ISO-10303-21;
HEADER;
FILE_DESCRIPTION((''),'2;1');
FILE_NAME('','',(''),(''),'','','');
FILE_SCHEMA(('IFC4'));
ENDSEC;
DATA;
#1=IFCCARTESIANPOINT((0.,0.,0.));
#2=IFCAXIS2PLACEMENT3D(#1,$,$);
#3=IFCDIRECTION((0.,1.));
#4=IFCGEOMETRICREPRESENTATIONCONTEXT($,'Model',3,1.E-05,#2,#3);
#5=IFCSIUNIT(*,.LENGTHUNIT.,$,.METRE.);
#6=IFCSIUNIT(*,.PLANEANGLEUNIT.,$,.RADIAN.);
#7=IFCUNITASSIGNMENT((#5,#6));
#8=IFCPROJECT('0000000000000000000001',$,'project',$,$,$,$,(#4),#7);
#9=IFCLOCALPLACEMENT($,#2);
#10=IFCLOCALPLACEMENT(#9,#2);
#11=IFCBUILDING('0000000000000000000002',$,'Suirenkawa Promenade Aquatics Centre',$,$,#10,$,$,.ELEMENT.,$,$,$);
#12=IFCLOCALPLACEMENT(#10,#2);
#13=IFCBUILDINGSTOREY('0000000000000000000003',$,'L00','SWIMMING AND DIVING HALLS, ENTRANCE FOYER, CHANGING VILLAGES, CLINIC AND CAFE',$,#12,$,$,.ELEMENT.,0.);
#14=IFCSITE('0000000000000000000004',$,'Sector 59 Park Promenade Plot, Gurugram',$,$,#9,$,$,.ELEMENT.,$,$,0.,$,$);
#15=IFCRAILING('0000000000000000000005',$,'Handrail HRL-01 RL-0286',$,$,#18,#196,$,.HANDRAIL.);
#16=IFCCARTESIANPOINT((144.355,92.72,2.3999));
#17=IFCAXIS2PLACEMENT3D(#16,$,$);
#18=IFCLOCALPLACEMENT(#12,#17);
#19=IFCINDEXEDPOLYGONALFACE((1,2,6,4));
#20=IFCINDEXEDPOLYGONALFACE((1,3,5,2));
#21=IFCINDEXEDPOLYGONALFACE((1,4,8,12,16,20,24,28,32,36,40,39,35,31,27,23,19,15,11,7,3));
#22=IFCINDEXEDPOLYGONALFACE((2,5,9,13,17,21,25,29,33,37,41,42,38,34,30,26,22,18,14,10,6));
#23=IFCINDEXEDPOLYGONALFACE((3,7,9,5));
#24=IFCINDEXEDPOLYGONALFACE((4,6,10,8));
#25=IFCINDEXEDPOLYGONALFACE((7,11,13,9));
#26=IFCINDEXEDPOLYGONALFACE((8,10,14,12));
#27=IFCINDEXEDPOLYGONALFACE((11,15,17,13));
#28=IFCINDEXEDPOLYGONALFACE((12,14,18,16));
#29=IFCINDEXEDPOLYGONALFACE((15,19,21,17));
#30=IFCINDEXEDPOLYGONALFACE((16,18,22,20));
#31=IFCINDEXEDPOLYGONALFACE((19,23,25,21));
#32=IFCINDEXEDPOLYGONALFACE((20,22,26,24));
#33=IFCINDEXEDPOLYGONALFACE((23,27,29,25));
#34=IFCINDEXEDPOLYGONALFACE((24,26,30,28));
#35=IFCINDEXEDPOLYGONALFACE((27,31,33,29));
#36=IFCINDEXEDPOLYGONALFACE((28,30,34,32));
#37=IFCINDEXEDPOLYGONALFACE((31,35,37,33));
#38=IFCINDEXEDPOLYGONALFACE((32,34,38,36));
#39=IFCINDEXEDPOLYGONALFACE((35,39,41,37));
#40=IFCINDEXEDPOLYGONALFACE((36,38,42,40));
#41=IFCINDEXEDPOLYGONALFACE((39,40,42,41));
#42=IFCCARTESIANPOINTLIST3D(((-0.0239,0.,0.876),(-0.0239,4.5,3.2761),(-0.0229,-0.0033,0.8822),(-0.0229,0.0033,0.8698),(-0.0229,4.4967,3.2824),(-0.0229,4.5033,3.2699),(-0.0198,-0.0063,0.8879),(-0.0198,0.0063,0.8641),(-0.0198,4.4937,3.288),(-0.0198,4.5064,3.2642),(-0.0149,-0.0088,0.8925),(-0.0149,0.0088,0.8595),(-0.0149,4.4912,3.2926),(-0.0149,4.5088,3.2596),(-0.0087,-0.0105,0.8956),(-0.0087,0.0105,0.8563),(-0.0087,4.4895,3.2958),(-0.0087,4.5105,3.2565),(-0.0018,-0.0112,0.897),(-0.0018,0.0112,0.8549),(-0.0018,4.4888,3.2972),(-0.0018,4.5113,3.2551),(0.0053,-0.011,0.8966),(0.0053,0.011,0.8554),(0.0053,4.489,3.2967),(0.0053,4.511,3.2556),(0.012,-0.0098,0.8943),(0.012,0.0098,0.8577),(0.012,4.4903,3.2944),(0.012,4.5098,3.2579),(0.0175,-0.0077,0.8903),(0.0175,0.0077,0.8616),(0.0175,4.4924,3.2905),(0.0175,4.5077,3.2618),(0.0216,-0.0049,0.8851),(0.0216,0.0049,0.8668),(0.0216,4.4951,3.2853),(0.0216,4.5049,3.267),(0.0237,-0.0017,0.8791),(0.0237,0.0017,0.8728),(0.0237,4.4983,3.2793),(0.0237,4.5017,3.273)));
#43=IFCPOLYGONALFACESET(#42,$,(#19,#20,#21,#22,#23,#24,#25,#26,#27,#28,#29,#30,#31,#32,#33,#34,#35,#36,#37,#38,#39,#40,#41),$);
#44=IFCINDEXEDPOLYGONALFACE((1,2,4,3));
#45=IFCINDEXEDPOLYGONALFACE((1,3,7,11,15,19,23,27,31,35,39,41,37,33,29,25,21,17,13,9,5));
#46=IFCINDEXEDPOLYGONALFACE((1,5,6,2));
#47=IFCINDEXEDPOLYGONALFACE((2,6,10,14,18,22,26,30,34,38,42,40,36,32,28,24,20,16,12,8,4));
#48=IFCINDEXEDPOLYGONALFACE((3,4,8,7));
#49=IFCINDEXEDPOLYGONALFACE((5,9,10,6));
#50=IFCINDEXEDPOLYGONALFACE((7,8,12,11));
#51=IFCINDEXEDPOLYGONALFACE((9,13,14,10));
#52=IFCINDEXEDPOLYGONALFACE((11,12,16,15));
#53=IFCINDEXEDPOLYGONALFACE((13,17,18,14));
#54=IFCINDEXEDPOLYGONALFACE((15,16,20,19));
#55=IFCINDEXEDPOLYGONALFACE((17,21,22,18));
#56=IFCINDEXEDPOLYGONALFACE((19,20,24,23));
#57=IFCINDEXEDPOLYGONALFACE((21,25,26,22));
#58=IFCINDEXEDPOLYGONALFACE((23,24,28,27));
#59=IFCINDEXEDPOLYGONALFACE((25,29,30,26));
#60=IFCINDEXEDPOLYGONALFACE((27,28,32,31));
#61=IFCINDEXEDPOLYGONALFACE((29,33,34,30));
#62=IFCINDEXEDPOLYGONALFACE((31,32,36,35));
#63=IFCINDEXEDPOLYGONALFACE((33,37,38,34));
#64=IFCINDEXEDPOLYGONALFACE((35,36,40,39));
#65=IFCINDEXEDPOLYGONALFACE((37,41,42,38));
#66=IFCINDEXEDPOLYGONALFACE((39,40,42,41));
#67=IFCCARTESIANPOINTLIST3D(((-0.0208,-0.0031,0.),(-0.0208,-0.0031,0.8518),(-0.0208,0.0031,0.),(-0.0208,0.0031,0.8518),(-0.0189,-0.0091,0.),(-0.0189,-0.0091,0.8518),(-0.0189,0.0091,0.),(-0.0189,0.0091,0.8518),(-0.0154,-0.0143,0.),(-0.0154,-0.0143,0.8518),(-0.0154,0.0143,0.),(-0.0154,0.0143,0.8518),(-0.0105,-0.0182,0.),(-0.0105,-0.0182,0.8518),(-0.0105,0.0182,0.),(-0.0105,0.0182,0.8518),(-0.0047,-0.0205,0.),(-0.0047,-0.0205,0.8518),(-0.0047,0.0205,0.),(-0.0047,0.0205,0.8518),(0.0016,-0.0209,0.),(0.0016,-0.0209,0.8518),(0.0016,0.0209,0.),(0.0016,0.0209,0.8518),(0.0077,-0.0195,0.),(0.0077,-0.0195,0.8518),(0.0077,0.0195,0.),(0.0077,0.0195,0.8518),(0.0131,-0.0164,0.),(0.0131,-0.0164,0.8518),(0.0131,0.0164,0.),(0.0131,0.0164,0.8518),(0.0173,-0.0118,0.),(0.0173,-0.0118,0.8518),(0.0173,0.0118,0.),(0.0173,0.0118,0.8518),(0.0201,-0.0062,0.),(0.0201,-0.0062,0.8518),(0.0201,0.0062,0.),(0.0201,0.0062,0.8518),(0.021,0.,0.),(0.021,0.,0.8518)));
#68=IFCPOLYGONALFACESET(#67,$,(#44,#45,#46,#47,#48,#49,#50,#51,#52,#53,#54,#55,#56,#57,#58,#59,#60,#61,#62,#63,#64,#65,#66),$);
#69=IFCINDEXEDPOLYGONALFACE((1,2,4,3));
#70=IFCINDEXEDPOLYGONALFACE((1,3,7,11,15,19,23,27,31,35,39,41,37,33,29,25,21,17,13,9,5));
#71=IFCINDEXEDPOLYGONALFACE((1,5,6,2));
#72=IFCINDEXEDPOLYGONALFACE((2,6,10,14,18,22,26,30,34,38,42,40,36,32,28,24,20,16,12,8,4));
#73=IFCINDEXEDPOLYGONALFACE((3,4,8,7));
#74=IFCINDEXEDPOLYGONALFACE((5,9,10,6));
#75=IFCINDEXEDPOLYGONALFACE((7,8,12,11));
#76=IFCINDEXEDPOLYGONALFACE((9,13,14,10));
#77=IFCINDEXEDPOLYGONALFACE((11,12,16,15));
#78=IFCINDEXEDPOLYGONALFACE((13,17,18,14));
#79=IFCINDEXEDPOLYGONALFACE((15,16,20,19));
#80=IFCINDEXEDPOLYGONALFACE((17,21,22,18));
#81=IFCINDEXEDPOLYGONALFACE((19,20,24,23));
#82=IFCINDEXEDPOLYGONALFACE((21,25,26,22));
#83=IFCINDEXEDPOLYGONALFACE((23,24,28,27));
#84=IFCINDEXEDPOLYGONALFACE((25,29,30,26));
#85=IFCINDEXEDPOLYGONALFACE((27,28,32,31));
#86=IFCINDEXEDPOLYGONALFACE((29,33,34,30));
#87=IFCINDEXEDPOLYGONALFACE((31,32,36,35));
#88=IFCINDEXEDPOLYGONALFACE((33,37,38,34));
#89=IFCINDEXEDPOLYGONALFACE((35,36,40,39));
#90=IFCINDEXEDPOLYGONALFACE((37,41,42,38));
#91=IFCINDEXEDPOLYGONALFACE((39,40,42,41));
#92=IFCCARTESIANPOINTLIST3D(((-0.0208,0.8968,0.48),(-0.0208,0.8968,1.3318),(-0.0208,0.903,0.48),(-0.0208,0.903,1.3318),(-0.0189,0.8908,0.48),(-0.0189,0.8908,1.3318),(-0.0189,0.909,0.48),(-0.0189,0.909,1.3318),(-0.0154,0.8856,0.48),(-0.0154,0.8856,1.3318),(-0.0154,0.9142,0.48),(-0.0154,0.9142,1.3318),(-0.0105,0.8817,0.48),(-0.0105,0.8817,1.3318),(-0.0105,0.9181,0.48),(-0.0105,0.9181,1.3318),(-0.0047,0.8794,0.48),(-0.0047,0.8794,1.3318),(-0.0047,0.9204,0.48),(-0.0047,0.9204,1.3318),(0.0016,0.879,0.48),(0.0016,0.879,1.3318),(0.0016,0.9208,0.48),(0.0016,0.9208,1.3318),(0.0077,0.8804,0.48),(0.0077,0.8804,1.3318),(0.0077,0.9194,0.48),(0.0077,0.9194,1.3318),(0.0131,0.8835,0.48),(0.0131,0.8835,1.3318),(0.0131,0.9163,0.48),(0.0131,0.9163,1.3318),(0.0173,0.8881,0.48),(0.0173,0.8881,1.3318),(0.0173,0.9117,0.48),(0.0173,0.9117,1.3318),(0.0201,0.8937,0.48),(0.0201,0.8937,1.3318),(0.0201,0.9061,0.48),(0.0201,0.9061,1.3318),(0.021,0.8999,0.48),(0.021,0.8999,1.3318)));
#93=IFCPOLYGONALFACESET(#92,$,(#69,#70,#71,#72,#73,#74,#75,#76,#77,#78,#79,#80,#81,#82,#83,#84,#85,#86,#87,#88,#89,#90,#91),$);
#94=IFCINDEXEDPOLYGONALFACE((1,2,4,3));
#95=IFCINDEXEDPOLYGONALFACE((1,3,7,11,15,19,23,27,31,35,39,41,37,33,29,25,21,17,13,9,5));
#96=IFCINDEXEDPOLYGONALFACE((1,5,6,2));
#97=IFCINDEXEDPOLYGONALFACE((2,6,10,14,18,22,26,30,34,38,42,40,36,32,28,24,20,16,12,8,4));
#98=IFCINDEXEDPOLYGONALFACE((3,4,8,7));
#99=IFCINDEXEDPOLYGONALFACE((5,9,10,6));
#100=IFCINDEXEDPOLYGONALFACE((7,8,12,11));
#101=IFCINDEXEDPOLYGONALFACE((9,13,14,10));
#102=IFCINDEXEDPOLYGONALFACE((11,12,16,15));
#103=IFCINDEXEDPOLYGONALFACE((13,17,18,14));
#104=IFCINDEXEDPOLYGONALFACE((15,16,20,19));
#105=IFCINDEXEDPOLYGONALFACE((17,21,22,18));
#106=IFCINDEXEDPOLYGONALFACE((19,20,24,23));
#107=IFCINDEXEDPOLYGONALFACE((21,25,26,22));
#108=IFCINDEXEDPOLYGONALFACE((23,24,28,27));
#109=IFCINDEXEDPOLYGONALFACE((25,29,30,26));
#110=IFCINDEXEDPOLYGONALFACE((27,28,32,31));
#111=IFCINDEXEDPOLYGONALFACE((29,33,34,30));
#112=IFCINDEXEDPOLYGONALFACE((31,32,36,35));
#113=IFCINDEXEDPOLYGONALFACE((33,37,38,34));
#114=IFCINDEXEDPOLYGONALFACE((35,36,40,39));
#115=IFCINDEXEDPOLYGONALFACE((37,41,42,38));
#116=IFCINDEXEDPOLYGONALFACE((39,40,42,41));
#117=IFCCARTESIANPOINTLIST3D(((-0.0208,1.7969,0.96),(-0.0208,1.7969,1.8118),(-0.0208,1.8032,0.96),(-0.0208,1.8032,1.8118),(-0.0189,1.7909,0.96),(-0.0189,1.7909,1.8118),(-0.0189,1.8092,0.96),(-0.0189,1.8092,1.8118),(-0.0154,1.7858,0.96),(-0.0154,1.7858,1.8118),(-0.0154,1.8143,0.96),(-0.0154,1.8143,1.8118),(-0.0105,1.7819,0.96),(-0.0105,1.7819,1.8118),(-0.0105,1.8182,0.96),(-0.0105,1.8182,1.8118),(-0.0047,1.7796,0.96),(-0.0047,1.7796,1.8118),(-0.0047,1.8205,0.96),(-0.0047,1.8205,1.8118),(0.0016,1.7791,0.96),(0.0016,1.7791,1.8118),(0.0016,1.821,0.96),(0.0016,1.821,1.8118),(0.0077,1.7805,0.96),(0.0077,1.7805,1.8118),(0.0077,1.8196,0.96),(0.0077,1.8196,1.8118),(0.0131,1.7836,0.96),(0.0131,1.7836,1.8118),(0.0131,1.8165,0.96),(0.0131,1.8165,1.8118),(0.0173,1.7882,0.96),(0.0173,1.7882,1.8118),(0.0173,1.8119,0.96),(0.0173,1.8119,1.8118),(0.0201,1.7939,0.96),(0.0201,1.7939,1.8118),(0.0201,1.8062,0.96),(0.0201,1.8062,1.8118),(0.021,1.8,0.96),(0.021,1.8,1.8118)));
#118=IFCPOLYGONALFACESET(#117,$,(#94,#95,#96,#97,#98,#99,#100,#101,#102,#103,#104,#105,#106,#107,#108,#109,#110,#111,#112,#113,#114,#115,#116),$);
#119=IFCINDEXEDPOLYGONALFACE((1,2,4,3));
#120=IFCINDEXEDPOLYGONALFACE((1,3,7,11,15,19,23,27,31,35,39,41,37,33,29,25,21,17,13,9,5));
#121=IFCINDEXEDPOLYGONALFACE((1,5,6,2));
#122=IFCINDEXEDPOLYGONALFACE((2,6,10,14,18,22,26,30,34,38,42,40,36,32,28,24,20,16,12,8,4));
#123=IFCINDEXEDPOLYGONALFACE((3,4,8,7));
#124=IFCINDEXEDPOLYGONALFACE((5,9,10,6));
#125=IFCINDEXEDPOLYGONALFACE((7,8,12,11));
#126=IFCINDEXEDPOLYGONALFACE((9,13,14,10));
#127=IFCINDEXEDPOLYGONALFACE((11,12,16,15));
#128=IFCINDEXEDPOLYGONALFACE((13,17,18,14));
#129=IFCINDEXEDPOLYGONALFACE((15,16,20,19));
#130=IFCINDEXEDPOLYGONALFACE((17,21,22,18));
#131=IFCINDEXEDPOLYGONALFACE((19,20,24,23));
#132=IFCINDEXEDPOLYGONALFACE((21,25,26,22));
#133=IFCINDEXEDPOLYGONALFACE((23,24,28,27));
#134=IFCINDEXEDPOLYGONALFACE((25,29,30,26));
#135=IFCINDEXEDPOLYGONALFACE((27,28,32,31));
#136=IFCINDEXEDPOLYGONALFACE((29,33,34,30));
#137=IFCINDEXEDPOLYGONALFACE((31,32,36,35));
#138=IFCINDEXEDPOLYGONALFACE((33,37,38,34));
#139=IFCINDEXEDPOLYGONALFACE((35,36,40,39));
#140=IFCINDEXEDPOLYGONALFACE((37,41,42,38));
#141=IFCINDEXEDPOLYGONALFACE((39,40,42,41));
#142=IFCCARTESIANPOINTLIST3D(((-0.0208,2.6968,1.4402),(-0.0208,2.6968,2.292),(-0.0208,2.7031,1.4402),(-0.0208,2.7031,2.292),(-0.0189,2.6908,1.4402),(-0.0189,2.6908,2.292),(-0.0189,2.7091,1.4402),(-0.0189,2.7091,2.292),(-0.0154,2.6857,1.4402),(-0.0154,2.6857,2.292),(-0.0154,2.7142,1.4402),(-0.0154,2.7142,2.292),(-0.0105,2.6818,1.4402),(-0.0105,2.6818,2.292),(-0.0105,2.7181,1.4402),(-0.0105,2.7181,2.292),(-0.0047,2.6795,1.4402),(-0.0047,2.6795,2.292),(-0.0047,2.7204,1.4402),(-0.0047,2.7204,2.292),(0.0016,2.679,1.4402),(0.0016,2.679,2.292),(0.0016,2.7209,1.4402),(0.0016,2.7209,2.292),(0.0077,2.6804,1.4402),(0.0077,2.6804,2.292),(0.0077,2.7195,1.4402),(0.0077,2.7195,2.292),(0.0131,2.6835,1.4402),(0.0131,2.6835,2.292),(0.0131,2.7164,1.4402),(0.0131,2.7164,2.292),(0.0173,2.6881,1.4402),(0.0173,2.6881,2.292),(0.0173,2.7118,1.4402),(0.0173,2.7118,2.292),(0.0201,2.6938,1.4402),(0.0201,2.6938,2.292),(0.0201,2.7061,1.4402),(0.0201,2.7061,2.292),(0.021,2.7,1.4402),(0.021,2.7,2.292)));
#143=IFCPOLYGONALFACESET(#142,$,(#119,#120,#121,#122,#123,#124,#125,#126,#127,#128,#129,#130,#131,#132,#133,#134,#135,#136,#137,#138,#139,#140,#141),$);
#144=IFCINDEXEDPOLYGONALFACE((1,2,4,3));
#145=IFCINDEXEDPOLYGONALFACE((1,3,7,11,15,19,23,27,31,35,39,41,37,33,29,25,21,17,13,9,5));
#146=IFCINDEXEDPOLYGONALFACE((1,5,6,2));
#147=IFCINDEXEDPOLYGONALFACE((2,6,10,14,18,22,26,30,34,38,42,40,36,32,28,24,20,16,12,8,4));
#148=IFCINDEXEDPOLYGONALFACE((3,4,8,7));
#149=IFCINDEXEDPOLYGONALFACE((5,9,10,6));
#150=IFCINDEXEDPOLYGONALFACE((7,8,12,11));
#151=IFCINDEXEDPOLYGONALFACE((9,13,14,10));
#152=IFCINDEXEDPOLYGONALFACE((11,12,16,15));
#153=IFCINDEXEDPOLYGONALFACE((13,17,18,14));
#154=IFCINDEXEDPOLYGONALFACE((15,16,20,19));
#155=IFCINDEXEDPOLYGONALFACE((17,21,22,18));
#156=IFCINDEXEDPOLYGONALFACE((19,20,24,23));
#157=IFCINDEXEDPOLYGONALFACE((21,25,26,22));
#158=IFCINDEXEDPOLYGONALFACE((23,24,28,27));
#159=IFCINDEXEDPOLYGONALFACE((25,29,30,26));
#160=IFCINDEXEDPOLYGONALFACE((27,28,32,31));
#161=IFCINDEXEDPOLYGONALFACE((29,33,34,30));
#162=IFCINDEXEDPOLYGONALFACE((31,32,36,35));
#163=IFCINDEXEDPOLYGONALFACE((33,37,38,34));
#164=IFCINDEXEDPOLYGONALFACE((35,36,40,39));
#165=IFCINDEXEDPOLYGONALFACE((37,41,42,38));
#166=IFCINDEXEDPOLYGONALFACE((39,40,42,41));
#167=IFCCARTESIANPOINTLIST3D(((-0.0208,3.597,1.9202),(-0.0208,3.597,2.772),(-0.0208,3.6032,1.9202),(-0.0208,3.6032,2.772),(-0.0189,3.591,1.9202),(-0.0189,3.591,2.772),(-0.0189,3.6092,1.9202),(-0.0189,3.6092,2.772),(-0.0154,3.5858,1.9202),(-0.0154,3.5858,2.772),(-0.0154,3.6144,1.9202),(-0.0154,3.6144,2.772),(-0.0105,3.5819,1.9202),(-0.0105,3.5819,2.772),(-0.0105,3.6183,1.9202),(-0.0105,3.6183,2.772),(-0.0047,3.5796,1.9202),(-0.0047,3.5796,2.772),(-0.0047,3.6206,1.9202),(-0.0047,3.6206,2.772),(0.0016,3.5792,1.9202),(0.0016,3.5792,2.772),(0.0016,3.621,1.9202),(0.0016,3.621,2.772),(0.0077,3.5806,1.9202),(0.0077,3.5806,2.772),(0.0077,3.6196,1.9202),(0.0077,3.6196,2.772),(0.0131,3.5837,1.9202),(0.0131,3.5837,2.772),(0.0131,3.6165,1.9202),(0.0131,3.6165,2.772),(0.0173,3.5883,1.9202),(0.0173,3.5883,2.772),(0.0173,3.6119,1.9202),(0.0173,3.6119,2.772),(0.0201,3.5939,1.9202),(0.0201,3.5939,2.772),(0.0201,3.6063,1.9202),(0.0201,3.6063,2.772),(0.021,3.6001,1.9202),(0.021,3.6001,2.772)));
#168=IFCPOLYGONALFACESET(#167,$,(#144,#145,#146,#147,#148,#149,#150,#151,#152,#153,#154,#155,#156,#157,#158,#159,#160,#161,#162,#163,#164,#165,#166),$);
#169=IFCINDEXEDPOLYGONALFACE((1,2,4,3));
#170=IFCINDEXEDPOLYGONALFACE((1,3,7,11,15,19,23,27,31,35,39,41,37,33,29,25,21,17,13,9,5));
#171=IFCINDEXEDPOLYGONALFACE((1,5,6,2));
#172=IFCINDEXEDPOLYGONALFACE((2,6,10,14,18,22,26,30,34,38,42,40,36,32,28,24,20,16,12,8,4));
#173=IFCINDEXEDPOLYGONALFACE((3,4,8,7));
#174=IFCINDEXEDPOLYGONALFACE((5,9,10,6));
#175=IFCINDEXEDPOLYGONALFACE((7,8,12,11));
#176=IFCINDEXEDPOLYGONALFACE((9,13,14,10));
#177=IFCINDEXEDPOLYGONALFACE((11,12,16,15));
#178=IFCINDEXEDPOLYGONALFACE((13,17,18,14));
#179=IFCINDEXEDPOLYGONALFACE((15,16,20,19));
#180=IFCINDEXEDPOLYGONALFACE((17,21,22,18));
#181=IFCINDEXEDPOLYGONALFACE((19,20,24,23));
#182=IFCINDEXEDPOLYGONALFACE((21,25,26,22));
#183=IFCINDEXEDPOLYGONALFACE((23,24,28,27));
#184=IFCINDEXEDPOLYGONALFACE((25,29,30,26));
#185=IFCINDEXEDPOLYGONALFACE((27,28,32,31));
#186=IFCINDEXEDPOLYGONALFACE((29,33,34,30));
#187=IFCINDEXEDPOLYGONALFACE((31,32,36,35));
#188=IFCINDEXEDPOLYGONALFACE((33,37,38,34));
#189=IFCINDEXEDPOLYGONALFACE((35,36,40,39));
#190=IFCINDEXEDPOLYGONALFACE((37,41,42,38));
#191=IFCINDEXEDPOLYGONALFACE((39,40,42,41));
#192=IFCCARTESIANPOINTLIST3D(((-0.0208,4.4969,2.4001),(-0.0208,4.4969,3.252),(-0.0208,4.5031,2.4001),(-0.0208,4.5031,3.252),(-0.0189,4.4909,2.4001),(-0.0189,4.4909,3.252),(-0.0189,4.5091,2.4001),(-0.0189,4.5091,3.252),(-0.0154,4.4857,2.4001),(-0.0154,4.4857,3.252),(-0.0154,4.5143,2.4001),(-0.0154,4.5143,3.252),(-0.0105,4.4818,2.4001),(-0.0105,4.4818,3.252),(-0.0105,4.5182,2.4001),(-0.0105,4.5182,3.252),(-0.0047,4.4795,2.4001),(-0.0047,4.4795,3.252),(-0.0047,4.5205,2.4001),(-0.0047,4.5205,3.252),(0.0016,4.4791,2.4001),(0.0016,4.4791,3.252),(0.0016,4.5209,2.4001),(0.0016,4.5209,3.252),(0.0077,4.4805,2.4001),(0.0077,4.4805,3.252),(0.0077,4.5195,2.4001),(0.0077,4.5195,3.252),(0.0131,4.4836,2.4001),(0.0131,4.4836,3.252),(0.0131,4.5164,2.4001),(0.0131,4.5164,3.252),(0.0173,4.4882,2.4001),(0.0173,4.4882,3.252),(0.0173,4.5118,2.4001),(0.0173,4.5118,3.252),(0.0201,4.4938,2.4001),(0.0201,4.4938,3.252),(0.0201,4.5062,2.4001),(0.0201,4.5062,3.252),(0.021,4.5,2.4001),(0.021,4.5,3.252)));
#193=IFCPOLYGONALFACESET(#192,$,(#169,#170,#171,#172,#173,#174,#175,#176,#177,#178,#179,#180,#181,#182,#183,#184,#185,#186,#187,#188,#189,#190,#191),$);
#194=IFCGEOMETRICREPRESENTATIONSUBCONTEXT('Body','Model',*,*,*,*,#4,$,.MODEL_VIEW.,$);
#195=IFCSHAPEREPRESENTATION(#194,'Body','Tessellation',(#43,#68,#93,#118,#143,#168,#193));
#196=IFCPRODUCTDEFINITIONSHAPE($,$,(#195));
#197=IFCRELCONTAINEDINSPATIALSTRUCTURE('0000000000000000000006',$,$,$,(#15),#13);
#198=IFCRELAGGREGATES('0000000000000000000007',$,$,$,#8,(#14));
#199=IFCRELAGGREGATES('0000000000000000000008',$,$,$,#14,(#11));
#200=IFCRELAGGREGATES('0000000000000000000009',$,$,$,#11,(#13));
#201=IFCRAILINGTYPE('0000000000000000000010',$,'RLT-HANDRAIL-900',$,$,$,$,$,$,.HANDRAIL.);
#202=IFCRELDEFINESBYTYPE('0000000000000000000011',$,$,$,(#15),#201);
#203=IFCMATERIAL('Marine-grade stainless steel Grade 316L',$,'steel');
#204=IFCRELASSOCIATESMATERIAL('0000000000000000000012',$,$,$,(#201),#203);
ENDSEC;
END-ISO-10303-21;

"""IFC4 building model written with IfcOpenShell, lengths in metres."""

from ifc_helpers import new_model, si_unit, direction, frame, origin, origin_2d, place, context, subcontext, project, spatial, circle, extrude, material, type_object, element, save


model = new_model("IFC4")

# Units and contexts
model_context = context("Model", 3, precision=1e-05, world=origin(), true_north=direction((0.0, 1.0)))
body_context = subcontext(model_context, "Body", "Model", "MODEL_VIEW")
ifc_project = project(units=[si_unit("LENGTHUNIT", "METRE"), si_unit("PLANEANGLEUNIT", "RADIAN")], contexts=[model_context])

# Site, building, storey
site_placement = place(None, origin())
site = spatial("IfcSite", under=ifc_project, at=site_placement, Name="Sector 59 Park Promenade Plot, Gurugram", CompositionType="ELEMENT", RefElevation=0.0)
building_placement = place(site_placement, origin())
building = spatial("IfcBuilding", under=site, at=building_placement, Name="Suirenkawa Promenade Aquatics Centre", CompositionType="ELEMENT")
storey_placement = place(building_placement, origin())
storey = spatial("IfcBuildingStorey", under=building, at=storey_placement, Name="L00", Description="SWIMMING AND DIVING HALLS, ENTRANCE FOYER, CHANGING VILLAGES, CLINIC AND CAFE", CompositionType="ELEMENT", Elevation=0.0)

# Railing
ifc_material_1 = material(Name="Marine-grade stainless steel Grade 316L", Category="steel")
railing_type_1 = type_object("IfcRailingType", Name="RLT-HANDRAIL-900", PredefinedType="HANDRAIL", material=ifc_material_1)
for number, where, name in (
    (1, (144.355, 92.72, 2.3999), "Handrail HRL-01 RL-0286"),
):
    element("IfcRailing", number, at=place(storey_placement, frame(where)), inside=storey, type_object=railing_type_1, Name=name, PredefinedType="HANDRAIL", context=body_context, shape_type="SweptSolid", body=[
        extrude(circle(Radius=0.0239, at=origin_2d()), frame((0.0, 0.0, 0.876), z_axis=(0.0, 0.882341, 0.470611), x_axis=(-1.0, 0.0, 0.0)), (0.0, 0.0, 1.0), 5.1001),
        extrude(circle(Radius=0.021, at=origin_2d()), origin(), (0.0, 0.0, 1.0), 0.8518),
        extrude(circle(Radius=0.021, at=origin_2d()), frame((0.0, 0.8999, 0.48)), (0.0, 0.0, 1.0), 0.8518),
        extrude(circle(Radius=0.021, at=origin_2d()), frame((0.0, 1.8, 0.96)), (0.0, 0.0, 1.0), 0.8518),
        extrude(circle(Radius=0.021, at=origin_2d()), frame((0.0, 2.7, 1.4402)), (0.0, 0.0, 1.0), 0.8518),
        extrude(circle(Radius=0.021, at=origin_2d()), frame((0.0, 3.6001, 1.9202)), (0.0, 0.0, 1.0), 0.8518),
        extrude(circle(Radius=0.021, at=origin_2d()), frame((0.0, 4.5, 2.4001)), (0.0, 0.0, 1.0), 0.8518),
    ])

save(model, "model.ifc")
